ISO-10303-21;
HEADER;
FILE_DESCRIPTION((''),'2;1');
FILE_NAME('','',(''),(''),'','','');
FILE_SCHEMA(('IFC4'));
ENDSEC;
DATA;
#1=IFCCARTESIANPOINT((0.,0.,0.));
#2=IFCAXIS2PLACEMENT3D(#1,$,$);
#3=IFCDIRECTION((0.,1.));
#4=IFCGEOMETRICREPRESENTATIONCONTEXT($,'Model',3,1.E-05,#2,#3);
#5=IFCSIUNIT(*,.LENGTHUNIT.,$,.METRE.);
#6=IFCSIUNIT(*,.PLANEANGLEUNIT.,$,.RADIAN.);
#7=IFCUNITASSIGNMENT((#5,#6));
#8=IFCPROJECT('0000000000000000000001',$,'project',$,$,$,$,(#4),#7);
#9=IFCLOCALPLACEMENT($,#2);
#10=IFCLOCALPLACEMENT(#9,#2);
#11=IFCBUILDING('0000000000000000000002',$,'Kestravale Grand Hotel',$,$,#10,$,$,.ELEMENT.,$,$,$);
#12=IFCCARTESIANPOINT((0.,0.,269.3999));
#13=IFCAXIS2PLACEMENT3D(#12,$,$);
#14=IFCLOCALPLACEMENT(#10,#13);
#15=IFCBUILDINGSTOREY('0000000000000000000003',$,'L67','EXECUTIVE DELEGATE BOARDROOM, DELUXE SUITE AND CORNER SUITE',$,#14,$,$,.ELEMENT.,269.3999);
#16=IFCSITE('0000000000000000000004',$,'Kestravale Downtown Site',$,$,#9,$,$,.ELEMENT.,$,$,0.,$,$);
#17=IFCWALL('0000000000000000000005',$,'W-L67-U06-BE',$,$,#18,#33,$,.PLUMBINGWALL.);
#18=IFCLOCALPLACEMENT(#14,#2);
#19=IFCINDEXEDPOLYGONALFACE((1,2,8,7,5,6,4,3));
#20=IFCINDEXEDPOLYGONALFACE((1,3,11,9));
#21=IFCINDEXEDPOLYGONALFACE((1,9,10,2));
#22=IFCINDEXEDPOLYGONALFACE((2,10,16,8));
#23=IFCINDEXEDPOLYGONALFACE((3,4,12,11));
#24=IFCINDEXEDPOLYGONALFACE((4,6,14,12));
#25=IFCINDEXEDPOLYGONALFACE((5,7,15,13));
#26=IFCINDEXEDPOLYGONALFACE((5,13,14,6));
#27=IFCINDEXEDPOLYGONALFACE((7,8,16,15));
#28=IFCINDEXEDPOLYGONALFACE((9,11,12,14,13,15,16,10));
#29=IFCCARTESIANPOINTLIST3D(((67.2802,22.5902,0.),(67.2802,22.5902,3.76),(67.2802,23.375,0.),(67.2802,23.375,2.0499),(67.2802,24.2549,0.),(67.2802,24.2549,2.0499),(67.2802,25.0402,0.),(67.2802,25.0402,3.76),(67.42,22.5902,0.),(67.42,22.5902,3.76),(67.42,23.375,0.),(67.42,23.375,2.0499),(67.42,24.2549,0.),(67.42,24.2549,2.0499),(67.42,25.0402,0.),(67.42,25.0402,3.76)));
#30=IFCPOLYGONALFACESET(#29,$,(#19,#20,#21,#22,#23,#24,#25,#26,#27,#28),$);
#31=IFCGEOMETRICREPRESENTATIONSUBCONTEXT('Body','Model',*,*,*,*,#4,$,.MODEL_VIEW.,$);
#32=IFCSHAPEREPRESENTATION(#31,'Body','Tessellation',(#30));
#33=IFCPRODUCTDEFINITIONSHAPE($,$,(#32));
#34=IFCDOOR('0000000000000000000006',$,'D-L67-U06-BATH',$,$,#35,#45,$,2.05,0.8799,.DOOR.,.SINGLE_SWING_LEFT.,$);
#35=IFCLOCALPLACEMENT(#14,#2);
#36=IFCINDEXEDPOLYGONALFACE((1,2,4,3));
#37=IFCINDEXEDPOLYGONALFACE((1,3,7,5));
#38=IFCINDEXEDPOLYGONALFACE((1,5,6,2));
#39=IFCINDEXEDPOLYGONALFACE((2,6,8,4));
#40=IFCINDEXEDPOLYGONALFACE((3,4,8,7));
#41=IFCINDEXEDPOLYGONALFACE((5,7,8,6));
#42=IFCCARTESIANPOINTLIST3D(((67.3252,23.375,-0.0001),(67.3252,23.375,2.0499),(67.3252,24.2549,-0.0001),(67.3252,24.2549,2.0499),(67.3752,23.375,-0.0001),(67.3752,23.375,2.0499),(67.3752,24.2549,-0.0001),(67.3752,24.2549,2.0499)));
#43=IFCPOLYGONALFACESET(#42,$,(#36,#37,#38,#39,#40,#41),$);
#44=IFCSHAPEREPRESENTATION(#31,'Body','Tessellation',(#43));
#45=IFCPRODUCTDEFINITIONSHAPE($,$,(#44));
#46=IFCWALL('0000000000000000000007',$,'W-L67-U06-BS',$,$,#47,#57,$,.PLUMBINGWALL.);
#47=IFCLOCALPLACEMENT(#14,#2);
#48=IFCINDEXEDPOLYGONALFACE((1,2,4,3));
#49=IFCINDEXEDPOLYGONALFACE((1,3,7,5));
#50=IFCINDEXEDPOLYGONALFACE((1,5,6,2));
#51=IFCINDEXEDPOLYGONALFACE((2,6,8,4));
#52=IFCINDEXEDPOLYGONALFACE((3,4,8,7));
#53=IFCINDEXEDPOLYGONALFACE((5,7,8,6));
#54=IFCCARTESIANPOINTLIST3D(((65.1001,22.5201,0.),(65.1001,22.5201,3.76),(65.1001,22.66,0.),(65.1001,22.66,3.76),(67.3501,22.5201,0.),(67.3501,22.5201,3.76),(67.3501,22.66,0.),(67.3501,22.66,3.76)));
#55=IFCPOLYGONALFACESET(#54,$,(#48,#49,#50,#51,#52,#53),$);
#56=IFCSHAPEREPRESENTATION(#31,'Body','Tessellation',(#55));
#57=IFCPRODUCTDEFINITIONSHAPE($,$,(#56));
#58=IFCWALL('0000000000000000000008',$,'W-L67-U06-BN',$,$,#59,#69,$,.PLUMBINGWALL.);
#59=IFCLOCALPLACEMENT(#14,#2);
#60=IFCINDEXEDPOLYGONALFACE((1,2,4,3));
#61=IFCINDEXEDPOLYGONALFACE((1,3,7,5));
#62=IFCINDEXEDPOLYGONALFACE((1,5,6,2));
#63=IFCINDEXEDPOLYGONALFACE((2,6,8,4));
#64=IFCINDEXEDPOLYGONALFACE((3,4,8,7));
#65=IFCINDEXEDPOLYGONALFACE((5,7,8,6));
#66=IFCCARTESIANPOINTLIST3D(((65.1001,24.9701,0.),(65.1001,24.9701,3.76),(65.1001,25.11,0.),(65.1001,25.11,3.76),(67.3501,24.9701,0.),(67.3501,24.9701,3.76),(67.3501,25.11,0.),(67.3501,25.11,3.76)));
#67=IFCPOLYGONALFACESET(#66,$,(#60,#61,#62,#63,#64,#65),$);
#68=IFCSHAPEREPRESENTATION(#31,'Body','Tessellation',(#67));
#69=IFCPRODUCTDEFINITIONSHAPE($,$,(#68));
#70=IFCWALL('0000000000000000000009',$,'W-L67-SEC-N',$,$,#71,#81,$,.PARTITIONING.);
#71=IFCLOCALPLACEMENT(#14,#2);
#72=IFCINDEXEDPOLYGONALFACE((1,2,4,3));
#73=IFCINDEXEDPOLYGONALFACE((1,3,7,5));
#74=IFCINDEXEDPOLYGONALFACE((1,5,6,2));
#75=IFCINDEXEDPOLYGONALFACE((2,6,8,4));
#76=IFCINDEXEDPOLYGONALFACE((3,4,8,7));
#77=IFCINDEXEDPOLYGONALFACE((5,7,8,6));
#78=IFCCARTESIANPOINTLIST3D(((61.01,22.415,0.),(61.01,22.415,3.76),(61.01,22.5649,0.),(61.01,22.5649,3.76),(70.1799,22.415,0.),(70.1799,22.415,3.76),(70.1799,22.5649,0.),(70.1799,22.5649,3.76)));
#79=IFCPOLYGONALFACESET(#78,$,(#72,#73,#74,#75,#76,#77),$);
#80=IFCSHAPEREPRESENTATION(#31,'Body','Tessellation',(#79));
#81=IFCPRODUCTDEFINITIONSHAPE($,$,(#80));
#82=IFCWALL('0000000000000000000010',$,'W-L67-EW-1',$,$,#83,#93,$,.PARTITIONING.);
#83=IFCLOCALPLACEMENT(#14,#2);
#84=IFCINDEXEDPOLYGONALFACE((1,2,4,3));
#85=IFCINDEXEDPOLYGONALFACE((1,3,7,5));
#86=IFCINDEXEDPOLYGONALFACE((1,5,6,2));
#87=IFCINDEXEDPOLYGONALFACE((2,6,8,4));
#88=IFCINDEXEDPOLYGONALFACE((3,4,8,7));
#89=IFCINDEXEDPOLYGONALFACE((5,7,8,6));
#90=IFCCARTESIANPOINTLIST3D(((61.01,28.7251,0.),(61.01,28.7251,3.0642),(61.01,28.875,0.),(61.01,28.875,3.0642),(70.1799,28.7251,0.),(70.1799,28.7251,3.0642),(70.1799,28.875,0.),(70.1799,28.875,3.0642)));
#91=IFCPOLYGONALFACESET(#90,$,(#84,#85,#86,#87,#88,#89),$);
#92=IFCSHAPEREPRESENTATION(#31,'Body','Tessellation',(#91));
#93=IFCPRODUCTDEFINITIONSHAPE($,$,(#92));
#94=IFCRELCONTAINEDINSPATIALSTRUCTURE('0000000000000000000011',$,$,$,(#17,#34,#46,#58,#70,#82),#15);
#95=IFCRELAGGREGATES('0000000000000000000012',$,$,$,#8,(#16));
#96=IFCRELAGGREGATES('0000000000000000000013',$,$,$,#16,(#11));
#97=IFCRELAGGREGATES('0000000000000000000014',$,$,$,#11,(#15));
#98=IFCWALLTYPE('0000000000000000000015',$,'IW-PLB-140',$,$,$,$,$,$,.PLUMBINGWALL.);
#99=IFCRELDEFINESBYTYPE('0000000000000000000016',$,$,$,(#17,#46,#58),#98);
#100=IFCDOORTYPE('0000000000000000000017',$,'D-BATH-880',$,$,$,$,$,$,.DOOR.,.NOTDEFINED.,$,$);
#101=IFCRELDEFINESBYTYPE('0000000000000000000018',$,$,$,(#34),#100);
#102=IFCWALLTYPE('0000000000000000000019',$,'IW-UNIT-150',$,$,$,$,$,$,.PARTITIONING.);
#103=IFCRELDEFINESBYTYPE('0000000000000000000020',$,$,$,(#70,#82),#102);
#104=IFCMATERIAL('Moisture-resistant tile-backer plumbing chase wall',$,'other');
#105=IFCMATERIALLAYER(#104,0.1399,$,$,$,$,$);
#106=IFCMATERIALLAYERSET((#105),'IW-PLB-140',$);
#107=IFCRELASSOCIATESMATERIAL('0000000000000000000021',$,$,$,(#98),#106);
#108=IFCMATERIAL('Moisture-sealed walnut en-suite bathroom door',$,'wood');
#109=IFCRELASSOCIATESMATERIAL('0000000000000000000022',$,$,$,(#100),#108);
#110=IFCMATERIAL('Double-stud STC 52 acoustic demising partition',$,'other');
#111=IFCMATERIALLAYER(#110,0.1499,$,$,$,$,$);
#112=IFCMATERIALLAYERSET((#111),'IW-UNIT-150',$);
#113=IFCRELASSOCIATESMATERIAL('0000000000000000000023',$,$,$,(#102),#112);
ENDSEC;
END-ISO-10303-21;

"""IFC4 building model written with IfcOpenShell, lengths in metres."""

from ifc_helpers import new_model, si_unit, direction, frame, frame_2d, origin, place, context, subcontext, project, spatial, rectangle, extrude, material, layer, layer_set, type_object, element, fill, save


model = new_model("IFC4")

# Units and contexts
model_context = context("Model", 3, precision=1e-05, world=origin(), true_north=direction((0.0, 1.0)))
body_context = subcontext(model_context, "Body", "Model", "MODEL_VIEW")
ifc_project = project(units=[si_unit("LENGTHUNIT", "METRE"), si_unit("PLANEANGLEUNIT", "RADIAN")], contexts=[model_context])

# Site, building, storey
site_placement = place(None, origin())
site = spatial("IfcSite", under=ifc_project, at=site_placement, Name="Kestravale Downtown Site", CompositionType="ELEMENT", RefElevation=0.0)
building_placement = place(site_placement, origin())
building = spatial("IfcBuilding", under=site, at=building_placement, Name="Kestravale Grand Hotel", CompositionType="ELEMENT")
storey_placement = place(building_placement, frame((0.0, 0.0, 269.3999)))
storey = spatial("IfcBuildingStorey", under=building, at=storey_placement, Name="L67", Description="EXECUTIVE DELEGATE BOARDROOM, DELUXE SUITE AND CORNER SUITE", CompositionType="ELEMENT", Elevation=269.3999)

# Shared definitions
ifc_material_1 = material(Name="Moisture-resistant tile-backer plumbing chase wall", Category="other")
ifc_layer_1 = layer(ifc_material_1, 0.1399)
ifc_layer_set_1 = layer_set([ifc_layer_1], Name="IW-PLB-140")
wall_type_1 = type_object("IfcWallType", Name="IW-PLB-140", PredefinedType="PLUMBINGWALL", material=ifc_layer_set_1)

# Wall, opening, door
wall_1_placement = place(storey_placement, frame((67.3501, 22.5901, 0.0), z_axis=(0.0, 0.0, 1.0), x_axis=(0.0, 1.0, 0.0)))
wall_1 = element("IfcWall", 1, at=wall_1_placement, inside=storey, type_object=wall_type_1, Name="W-L67-U06-BE", PredefinedType="PLUMBINGWALL", context=body_context, shape_type="SweptSolid", body=[
    extrude(rectangle(XDim=2.45, YDim=0.1399, at=frame_2d((1.2251, 0.0))), origin(), (0.0, 0.0, 1.0), 3.76),
])
opening_1_placement = place(wall_1_placement, frame((0.7849, 0.0, 0.0)))
opening_1 = element("IfcOpeningElement", 2, at=opening_1_placement, cuts=wall_1, PredefinedType="OPENING", context=body_context, shape_type="SweptSolid", body=[
    extrude(rectangle(XDim=0.8799, YDim=2.05, at=frame_2d((0.4399, 1.0249))), frame((0.0, 0.0798, 0.0), z_axis=(0.0, -1.0, 0.0), x_axis=(1.0, 0.0, 0.0)), (0.0, 0.0, 1.0), 0.1599),
])
ifc_material_2 = material(Name="Moisture-sealed walnut en-suite bathroom door", Category="wood")
door_type_1 = type_object("IfcDoorType", Name="D-BATH-880", OperationType="NOTDEFINED", PredefinedType="DOOR", material=ifc_material_2)
door_1_placement = place(opening_1_placement, origin())
door_1 = element("IfcDoor", 3, at=door_1_placement, inside=storey, type_object=door_type_1, Name="D-L67-U06-BATH", OperationType="SINGLE_SWING_LEFT", OverallHeight=2.05, OverallWidth=0.8799, PredefinedType="DOOR", context=body_context, shape_type="SweptSolid", body=[
    extrude(rectangle(XDim=0.8799, YDim=2.05, at=frame_2d((0.4399, 1.0249))), frame((0.0, 0.0249, 0.0), z_axis=(0.0, -1.0, 0.0), x_axis=(1.0, 0.0, 0.0)), (0.0, 0.0, 1.0), 0.05),
])
fill(opening_1, door_1)

# Walls
for number, where, z_axis, x_axis, name in (
    (4, (65.1001, 22.5901, 0.0), (0.0, 0.0, 1.0), (1.0, 0.0, 0.0), "W-L67-U06-BS"),
    (5, (65.1001, 25.04, 0.0), (0.0, 0.0, 1.0), (1.0, 0.0, 0.0), "W-L67-U06-BN"),
):
    element("IfcWall", number, at=place(storey_placement, frame(where, z_axis=z_axis, x_axis=x_axis)), inside=storey, type_object=wall_type_1, Name=name, PredefinedType="PLUMBINGWALL", context=body_context, shape_type="SweptSolid", body=[
        extrude(rectangle(XDim=2.25, YDim=0.1399, at=frame_2d((1.125, 0.0))), origin(), (0.0, 0.0, 1.0), 3.76),
    ])
ifc_material_3 = material(Name="Double-stud STC 52 acoustic demising partition", Category="other")
ifc_layer_2 = layer(ifc_material_3, 0.1499)
ifc_layer_set_2 = layer_set([ifc_layer_2], Name="IW-UNIT-150")
wall_type_2 = type_object("IfcWallType", Name="IW-UNIT-150", PredefinedType="PARTITIONING", material=ifc_layer_set_2)
wall_2_placement = place(storey_placement, frame((61.01, 22.49, 0.0), z_axis=(0.0, 0.0, 1.0), x_axis=(1.0, 0.0, 0.0)))
element("IfcWall", 6, at=wall_2_placement, inside=storey, type_object=wall_type_2, Name="W-L67-SEC-N", PredefinedType="PARTITIONING", context=body_context, shape_type="SweptSolid", body=[
    extrude(rectangle(XDim=9.1699, YDim=0.1499, at=frame_2d((4.585, 0.0))), origin(), (0.0, 0.0, 1.0), 3.76),
])
wall_3_placement = place(storey_placement, frame((61.01, 28.8, 0.0), z_axis=(0.0, 0.0, 1.0), x_axis=(1.0, 0.0, 0.0)))
element("IfcWall", 7, at=wall_3_placement, inside=storey, type_object=wall_type_2, Name="W-L67-EW-1", PredefinedType="PARTITIONING", context=body_context, shape_type="SweptSolid", body=[
    extrude(rectangle(XDim=9.1699, YDim=0.1499, at=frame_2d((4.585, 0.0))), origin(), (0.0, 0.0, 1.0), 3.0642),
])

save(model, "model.ifc")
